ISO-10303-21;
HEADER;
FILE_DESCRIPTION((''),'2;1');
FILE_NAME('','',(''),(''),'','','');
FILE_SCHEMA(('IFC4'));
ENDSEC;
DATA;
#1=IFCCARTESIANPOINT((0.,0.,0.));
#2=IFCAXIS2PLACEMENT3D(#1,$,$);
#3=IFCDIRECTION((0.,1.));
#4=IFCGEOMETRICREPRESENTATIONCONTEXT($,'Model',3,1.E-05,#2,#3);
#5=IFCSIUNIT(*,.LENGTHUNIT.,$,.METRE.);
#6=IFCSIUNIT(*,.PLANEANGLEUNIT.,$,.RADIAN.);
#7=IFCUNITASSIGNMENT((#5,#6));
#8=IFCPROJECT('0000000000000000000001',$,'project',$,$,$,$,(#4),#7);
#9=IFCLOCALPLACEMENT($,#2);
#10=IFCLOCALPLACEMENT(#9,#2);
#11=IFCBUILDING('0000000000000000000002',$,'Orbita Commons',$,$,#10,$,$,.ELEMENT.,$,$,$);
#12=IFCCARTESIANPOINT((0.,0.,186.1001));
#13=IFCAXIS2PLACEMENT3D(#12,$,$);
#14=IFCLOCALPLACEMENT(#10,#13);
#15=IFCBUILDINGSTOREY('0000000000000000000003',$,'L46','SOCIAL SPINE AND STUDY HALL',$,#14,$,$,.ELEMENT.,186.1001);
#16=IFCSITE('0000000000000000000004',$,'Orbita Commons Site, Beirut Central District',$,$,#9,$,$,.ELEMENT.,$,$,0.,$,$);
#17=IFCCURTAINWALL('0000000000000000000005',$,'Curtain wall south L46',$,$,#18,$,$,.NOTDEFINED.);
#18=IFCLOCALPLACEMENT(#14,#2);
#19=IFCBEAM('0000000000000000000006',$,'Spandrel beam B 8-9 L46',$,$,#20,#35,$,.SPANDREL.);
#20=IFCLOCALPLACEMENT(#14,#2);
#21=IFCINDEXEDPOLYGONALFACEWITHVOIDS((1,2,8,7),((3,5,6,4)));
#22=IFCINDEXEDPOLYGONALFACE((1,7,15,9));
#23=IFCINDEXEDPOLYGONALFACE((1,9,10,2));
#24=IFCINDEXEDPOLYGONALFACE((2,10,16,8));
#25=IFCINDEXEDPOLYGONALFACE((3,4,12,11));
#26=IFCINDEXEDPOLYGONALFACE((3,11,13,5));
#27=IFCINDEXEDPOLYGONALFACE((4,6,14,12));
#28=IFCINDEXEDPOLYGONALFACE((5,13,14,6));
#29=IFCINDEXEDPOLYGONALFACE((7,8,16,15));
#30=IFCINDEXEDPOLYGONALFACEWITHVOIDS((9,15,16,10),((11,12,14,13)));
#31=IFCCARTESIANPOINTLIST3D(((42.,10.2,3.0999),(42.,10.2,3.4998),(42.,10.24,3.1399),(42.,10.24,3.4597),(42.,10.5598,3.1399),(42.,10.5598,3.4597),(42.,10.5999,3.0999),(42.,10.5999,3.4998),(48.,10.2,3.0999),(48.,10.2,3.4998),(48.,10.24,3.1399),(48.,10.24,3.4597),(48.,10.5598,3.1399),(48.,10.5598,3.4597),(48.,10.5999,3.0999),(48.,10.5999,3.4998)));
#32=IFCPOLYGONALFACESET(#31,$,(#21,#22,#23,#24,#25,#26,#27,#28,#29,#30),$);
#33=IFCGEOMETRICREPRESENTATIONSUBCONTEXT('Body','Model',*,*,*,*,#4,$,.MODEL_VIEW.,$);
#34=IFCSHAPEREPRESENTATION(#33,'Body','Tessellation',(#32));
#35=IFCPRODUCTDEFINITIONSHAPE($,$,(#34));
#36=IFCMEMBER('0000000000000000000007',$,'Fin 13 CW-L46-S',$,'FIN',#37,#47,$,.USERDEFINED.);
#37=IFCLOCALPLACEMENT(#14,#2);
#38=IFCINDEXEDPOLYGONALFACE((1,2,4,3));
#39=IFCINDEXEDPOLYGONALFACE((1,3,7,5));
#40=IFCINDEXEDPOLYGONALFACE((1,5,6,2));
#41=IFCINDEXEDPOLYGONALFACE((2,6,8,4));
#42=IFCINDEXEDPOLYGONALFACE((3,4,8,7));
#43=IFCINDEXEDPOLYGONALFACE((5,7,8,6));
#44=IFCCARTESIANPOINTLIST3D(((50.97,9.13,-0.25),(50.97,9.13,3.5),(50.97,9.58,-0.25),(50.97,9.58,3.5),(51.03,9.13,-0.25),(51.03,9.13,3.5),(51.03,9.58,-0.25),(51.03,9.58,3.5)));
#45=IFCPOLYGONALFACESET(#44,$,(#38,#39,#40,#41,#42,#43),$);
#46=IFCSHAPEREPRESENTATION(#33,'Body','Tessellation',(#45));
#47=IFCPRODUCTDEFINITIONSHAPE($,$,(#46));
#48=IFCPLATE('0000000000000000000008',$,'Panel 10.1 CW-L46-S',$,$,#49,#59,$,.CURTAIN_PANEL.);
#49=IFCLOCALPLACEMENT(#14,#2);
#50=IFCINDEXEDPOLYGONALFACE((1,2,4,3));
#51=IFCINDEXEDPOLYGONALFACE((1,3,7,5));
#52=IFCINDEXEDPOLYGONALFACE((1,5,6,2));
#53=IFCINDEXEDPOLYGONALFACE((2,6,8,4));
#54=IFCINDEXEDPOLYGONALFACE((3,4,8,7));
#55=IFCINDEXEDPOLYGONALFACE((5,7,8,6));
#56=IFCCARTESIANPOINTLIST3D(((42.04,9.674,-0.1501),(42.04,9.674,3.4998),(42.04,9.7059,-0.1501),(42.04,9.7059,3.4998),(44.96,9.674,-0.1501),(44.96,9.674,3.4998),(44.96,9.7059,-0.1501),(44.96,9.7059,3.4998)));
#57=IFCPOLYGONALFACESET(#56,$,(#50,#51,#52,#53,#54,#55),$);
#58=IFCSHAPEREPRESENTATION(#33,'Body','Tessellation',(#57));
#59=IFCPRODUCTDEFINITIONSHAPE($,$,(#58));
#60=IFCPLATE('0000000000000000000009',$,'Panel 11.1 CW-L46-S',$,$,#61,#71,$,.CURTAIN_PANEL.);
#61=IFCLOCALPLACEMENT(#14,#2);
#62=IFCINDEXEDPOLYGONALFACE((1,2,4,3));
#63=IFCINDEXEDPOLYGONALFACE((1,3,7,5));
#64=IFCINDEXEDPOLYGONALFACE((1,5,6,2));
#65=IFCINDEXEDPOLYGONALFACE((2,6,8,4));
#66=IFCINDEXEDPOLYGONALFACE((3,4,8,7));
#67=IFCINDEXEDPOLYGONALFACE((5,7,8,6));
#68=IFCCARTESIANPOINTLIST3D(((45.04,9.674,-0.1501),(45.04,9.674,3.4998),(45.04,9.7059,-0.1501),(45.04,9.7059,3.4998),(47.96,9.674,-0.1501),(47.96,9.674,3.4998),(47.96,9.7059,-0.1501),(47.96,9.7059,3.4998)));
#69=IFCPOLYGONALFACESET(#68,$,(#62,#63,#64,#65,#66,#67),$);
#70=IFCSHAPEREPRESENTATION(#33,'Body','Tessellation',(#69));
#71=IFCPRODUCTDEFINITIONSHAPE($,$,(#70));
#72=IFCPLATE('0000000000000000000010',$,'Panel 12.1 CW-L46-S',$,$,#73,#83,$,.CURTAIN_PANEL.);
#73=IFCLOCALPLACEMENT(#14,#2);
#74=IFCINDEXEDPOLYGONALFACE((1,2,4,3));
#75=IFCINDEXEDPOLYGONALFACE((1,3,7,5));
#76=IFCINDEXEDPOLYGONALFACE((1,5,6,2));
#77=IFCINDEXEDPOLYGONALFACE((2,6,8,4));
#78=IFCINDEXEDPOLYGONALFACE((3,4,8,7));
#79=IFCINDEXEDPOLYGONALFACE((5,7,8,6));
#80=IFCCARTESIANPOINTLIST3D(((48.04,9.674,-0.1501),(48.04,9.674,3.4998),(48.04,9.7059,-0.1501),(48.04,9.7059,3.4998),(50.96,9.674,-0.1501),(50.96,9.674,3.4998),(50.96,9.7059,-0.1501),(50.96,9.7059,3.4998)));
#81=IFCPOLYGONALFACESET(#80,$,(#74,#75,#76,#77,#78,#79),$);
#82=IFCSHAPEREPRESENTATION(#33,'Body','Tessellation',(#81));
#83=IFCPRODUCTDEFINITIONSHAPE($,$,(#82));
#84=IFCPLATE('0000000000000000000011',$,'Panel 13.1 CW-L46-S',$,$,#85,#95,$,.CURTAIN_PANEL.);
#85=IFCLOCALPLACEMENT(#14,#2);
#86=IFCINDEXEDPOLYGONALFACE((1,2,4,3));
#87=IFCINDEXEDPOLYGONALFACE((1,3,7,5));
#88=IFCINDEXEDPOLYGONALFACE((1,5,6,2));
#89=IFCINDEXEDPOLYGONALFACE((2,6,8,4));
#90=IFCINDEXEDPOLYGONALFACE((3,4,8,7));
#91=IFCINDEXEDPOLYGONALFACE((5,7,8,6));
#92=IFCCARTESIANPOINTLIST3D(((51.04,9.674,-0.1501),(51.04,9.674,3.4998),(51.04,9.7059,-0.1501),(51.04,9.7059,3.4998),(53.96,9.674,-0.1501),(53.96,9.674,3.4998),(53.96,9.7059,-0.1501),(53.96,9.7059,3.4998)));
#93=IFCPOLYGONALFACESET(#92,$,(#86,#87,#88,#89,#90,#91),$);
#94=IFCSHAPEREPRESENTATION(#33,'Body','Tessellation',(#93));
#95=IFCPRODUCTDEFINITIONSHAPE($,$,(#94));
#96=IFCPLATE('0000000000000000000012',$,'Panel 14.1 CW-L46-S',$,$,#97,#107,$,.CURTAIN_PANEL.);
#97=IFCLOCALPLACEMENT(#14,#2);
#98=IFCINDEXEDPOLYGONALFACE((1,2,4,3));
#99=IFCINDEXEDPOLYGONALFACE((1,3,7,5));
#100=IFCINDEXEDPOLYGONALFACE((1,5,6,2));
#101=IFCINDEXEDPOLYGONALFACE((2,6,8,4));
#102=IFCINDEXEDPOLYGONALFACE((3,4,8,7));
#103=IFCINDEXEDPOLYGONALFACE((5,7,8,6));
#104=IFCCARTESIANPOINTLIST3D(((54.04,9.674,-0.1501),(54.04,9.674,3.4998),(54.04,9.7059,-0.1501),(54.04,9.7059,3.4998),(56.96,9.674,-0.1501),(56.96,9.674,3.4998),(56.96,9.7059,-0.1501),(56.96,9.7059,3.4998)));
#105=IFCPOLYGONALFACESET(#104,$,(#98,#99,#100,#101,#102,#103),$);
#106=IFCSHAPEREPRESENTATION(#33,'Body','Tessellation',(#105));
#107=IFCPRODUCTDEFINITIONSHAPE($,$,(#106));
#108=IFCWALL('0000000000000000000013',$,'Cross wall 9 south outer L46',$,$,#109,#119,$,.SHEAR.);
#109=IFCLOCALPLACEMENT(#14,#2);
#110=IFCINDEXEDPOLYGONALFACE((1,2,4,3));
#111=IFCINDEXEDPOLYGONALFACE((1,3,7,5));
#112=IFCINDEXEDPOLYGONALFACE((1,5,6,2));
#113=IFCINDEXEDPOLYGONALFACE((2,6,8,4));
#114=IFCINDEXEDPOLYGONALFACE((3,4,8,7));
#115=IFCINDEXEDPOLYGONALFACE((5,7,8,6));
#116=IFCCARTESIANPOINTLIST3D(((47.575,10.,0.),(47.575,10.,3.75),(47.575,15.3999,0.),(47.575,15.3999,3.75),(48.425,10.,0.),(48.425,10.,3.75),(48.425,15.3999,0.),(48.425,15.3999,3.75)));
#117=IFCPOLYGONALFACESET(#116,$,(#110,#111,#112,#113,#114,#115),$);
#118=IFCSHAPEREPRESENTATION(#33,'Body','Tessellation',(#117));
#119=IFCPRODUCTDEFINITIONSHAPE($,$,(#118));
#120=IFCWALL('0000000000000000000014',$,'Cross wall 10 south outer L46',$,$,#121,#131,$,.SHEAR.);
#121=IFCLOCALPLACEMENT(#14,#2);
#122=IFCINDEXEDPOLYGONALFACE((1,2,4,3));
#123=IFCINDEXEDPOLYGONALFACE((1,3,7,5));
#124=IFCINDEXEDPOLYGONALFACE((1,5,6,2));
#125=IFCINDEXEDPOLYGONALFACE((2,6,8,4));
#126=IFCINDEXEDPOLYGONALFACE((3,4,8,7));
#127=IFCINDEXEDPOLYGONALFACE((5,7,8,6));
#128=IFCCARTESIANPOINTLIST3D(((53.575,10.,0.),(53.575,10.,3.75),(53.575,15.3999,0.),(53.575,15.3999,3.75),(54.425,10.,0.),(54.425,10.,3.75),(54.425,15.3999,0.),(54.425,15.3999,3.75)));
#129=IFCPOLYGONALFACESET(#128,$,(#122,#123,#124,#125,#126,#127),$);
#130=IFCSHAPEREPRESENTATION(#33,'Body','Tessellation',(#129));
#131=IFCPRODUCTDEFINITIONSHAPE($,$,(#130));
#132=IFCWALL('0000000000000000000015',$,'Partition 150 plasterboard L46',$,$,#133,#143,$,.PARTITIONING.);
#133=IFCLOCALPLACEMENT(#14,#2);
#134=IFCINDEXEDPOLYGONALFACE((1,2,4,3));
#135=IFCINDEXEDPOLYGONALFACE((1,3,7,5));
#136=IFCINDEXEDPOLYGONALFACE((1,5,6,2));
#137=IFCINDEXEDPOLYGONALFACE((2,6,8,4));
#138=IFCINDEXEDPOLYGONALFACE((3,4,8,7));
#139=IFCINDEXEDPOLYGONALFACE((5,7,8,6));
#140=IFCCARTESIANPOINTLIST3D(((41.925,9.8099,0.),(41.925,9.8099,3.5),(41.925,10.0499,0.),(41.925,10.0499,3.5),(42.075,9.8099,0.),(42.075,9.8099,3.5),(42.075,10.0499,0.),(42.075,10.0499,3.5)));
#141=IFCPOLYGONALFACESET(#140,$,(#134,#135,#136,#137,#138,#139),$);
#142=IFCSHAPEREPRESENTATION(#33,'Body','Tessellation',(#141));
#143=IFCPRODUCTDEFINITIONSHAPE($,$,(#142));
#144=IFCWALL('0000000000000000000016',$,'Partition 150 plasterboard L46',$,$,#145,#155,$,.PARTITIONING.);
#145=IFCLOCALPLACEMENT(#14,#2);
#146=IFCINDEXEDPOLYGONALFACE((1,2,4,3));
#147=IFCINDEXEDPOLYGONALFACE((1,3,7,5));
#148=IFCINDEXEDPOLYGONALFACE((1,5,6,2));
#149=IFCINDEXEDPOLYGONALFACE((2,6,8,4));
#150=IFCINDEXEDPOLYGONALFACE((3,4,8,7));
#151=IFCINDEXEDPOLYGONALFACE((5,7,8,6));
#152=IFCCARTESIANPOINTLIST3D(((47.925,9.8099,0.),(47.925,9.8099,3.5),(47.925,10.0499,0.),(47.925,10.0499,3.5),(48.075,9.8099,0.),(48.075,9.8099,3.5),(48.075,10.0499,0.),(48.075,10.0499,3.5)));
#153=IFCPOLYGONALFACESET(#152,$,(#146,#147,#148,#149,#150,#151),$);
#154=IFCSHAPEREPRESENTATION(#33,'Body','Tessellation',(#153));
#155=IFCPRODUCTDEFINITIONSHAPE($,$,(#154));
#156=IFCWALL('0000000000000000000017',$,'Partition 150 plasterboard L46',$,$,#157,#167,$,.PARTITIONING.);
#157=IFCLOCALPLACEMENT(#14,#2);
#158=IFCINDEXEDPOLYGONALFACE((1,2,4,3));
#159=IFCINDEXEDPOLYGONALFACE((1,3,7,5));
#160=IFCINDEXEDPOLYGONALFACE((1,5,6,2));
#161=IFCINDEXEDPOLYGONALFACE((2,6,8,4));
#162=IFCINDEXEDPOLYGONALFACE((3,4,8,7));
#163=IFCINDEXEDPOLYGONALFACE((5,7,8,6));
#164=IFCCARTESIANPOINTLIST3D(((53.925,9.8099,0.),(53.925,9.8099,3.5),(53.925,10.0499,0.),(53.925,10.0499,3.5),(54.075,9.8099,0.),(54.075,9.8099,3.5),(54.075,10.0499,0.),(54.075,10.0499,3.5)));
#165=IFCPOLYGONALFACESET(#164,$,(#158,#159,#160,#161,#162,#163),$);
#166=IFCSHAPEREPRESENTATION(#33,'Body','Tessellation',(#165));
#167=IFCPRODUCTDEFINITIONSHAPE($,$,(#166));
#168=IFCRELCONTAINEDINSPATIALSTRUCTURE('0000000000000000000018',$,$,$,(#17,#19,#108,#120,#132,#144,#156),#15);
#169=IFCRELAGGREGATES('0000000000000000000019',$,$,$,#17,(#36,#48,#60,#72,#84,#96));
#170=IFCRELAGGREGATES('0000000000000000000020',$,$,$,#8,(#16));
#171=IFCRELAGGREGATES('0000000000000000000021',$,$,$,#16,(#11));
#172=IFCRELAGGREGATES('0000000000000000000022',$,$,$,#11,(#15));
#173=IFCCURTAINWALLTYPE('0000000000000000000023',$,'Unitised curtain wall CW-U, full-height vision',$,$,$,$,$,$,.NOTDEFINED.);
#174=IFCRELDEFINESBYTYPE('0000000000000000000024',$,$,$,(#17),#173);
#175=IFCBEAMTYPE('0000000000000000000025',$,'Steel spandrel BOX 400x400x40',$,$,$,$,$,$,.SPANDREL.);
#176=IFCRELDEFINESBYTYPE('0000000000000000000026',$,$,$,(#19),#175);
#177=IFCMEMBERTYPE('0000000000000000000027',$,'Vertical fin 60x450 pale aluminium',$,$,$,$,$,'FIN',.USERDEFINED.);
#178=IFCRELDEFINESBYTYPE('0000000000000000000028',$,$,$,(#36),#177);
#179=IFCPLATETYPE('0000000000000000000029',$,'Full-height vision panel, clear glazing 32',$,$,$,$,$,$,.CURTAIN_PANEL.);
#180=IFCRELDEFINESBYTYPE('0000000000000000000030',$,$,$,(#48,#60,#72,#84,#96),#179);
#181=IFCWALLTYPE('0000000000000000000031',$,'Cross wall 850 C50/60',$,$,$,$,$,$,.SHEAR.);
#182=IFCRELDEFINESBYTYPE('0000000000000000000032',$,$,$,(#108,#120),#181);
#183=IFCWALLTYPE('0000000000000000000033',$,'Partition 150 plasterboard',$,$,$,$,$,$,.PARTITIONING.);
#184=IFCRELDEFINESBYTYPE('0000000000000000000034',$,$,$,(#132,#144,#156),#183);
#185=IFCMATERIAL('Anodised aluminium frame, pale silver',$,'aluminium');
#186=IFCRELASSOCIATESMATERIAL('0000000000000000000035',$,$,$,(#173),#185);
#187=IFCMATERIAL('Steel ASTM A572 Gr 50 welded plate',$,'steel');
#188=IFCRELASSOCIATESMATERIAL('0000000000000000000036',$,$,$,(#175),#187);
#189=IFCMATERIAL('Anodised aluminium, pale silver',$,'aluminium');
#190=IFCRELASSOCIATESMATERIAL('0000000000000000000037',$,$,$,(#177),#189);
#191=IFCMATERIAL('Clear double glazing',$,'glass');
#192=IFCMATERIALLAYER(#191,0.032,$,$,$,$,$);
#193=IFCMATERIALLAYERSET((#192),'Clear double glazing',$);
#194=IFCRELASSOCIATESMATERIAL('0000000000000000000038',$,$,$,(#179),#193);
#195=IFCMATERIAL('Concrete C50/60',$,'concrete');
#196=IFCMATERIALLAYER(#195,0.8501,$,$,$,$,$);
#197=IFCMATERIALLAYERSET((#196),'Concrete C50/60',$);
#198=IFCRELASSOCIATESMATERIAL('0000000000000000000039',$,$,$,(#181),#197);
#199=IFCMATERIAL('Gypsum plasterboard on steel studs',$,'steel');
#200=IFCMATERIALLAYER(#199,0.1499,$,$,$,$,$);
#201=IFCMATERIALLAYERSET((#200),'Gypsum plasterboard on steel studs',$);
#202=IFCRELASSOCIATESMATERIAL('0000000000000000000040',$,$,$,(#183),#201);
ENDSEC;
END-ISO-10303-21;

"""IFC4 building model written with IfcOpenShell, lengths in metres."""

from ifc_helpers import new_model, si_unit, direction, frame, frame_2d, origin, origin_2d, place, context, subcontext, project, spatial, rectangle, hollow_rectangle, extrude, material, layer, layer_set, material_profile, profile_set, type_object, element, aggregate, save


model = new_model("IFC4")

# Units and contexts
model_context = context("Model", 3, precision=1e-05, world=origin(), true_north=direction((0.0, 1.0)))
body_context = subcontext(model_context, "Body", "Model", "MODEL_VIEW")
ifc_project = project(units=[si_unit("LENGTHUNIT", "METRE"), si_unit("PLANEANGLEUNIT", "RADIAN")], contexts=[model_context])

# Site, building, storey
site_placement = place(None, origin())
site = spatial("IfcSite", under=ifc_project, at=site_placement, Name="Orbita Commons Site, Beirut Central District", CompositionType="ELEMENT", RefElevation=0.0)
building_placement = place(site_placement, origin())
building = spatial("IfcBuilding", under=site, at=building_placement, Name="Orbita Commons", CompositionType="ELEMENT")
storey_placement = place(building_placement, frame((0.0, 0.0, 186.1001)))
storey = spatial("IfcBuildingStorey", under=building, at=storey_placement, Name="L46", Description="SOCIAL SPINE AND STUDY HALL", CompositionType="ELEMENT", Elevation=186.1001)

# Curtain wall
ifc_material_1 = material(Name="Anodised aluminium frame, pale silver", Category="aluminium")
curtain_wall_type = type_object("IfcCurtainWallType", Name="Unitised curtain wall CW-U, full-height vision", PredefinedType="NOTDEFINED", material=ifc_material_1)
curtain_wall_placement = place(storey_placement, origin())
curtain_wall = element("IfcCurtainWall", 1, at=curtain_wall_placement, inside=storey, type_object=curtain_wall_type, Name="Curtain wall south L46", PredefinedType="NOTDEFINED")

# Beam
ifc_material_2 = material(Name="Steel ASTM A572 Gr 50 welded plate", Category="steel")
ifc_material_profile_1 = material_profile(ifc_material_2, hollow_rectangle(XDim=0.3999, YDim=0.3999, WallThickness=0.04, at=origin_2d()), Name="BOX 400x400x40")
ifc_profile_set_1 = profile_set([ifc_material_profile_1], Name="Steel ASTM A572 Gr 50 welded plate")
beam_type = type_object("IfcBeamType", Name="Steel spandrel BOX 400x400x40", PredefinedType="SPANDREL", material=ifc_profile_set_1)
beam_placement = place(storey_placement, frame((42.0, 10.3999, 3.2998), z_axis=(1.0, 0.0, 0.0), x_axis=(0.0, 1.0, 0.0)))
element("IfcBeam", 2, at=beam_placement, inside=storey, type_object=beam_type, Name="Spandrel beam B 8-9 L46", PredefinedType="SPANDREL", context=body_context, shape_type="SweptSolid", body=[
    extrude(hollow_rectangle(XDim=0.3999, YDim=0.3999, WallThickness=0.04, at=origin_2d()), origin(), (0.0, 0.0, 1.0), 6.0),
])

# Member
ifc_material_3 = material(Name="Anodised aluminium, pale silver", Category="aluminium")
ifc_material_profile_2 = material_profile(ifc_material_3, rectangle(XDim=0.0601, YDim=0.45, at=origin_2d()), Name="FIN 60x450")
ifc_profile_set_2 = profile_set([ifc_material_profile_2], Name="Anodised aluminium, pale silver")
member_type_1 = type_object("IfcMemberType", Name="Vertical fin 60x450 pale aluminium", ElementType="FIN", PredefinedType="USERDEFINED", material=ifc_profile_set_2)
member_1_placement = place(storey_placement, frame((51.0, 9.355, -0.25), z_axis=(0.0, 0.0, 1.0), x_axis=(1.0, 0.0, 0.0)))
member_1 = element("IfcMember", 3, at=member_1_placement, type_object=member_type_1, Name="Fin 13 CW-L46-S", ObjectType="FIN", PredefinedType="USERDEFINED", context=body_context, shape_type="SweptSolid", body=[
    extrude(rectangle(XDim=0.0601, YDim=0.45, at=origin_2d()), origin(), (0.0, 0.0, 1.0), 3.75),
])

# Plates
ifc_material_4 = material(Name="Clear double glazing", Category="glass")
ifc_layer_1 = layer(ifc_material_4, 0.032)
ifc_layer_set_1 = layer_set([ifc_layer_1], Name="Clear double glazing")
plate_type = type_object("IfcPlateType", Name="Full-height vision panel, clear glazing 32", PredefinedType="CURTAIN_PANEL", material=ifc_layer_set_1)
plate_1_placement = place(storey_placement, frame((43.5, 9.6899, -0.1501), z_axis=(0.0, 0.0, 1.0), x_axis=(1.0, 0.0, 0.0)))
plate_1 = element("IfcPlate", 4, at=plate_1_placement, type_object=plate_type, Name="Panel 10.1 CW-L46-S", PredefinedType="CURTAIN_PANEL", context=body_context, shape_type="SweptSolid", body=[
    extrude(rectangle(XDim=2.9199, YDim=0.032, at=origin_2d()), origin(), (0.0, 0.0, 1.0), 3.6499),
])
plate_2_placement = place(storey_placement, frame((46.5, 9.6899, -0.1501), z_axis=(0.0, 0.0, 1.0), x_axis=(1.0, 0.0, 0.0)))
plate_2 = element("IfcPlate", 5, at=plate_2_placement, type_object=plate_type, Name="Panel 11.1 CW-L46-S", PredefinedType="CURTAIN_PANEL", context=body_context, shape_type="SweptSolid", body=[
    extrude(rectangle(XDim=2.9199, YDim=0.032, at=origin_2d()), origin(), (0.0, 0.0, 1.0), 3.6499),
])
plate_3_placement = place(storey_placement, frame((49.5, 9.6899, -0.1501), z_axis=(0.0, 0.0, 1.0), x_axis=(1.0, 0.0, 0.0)))
plate_3 = element("IfcPlate", 6, at=plate_3_placement, type_object=plate_type, Name="Panel 12.1 CW-L46-S", PredefinedType="CURTAIN_PANEL", context=body_context, shape_type="SweptSolid", body=[
    extrude(rectangle(XDim=2.9199, YDim=0.032, at=origin_2d()), origin(), (0.0, 0.0, 1.0), 3.6499),
])
plate_4_placement = place(storey_placement, frame((52.5, 9.6899, -0.1501), z_axis=(0.0, 0.0, 1.0), x_axis=(1.0, 0.0, 0.0)))
plate_4 = element("IfcPlate", 7, at=plate_4_placement, type_object=plate_type, Name="Panel 13.1 CW-L46-S", PredefinedType="CURTAIN_PANEL", context=body_context, shape_type="SweptSolid", body=[
    extrude(rectangle(XDim=2.9199, YDim=0.032, at=origin_2d()), origin(), (0.0, 0.0, 1.0), 3.6499),
])
plate_5_placement = place(storey_placement, frame((55.5, 9.6899, -0.1501), z_axis=(0.0, 0.0, 1.0), x_axis=(1.0, 0.0, 0.0)))
plate_5 = element("IfcPlate", 8, at=plate_5_placement, type_object=plate_type, Name="Panel 14.1 CW-L46-S", PredefinedType="CURTAIN_PANEL", context=body_context, shape_type="SweptSolid", body=[
    extrude(rectangle(XDim=2.9199, YDim=0.032, at=origin_2d()), origin(), (0.0, 0.0, 1.0), 3.6499),
])
aggregate(curtain_wall, [member_1, plate_1, plate_2, plate_3, plate_4, plate_5])

# Walls
ifc_material_5 = material(Name="Concrete C50/60", Category="concrete")
ifc_layer_2 = layer(ifc_material_5, 0.8501)
ifc_layer_set_2 = layer_set([ifc_layer_2], Name="Concrete C50/60")
wall_type_1 = type_object("IfcWallType", Name="Cross wall 850 C50/60", PredefinedType="SHEAR", material=ifc_layer_set_2)
for number, where, z_axis, x_axis, name in (
    (9, (48.0, 10.0, 0.0), (0.0, 0.0, 1.0), (0.0, 1.0, 0.0), "Cross wall 9 south outer L46"),
    (10, (54.0, 10.0, 0.0), (0.0, 0.0, 1.0), (0.0, 1.0, 0.0), "Cross wall 10 south outer L46"),
):
    element("IfcWall", number, at=place(storey_placement, frame(where, z_axis=z_axis, x_axis=x_axis)), inside=storey, type_object=wall_type_1, Name=name, PredefinedType="SHEAR", context=body_context, shape_type="SweptSolid", body=[
        extrude(rectangle(XDim=5.3999, YDim=0.8501, at=frame_2d((2.7, 0.0))), origin(), (0.0, 0.0, 1.0), 3.75),
    ])
ifc_material_6 = material(Name="Gypsum plasterboard on steel studs", Category="steel")
ifc_layer_3 = layer(ifc_material_6, 0.1499)
ifc_layer_set_3 = layer_set([ifc_layer_3], Name="Gypsum plasterboard on steel studs")
wall_type_2 = type_object("IfcWallType", Name="Partition 150 plasterboard", PredefinedType="PARTITIONING", material=ifc_layer_set_3)
for number, where, z_axis, x_axis, name in (
    (11, (42.0, 10.05, 0.0), (0.0, 0.0, 1.0), (0.0, -1.0, 0.0), "Partition 150 plasterboard L46"),
    (12, (48.0, 10.05, 0.0), (0.0, 0.0, 1.0), (0.0, -1.0, 0.0), "Partition 150 plasterboard L46"),
    (13, (54.0, 10.05, 0.0), (0.0, 0.0, 1.0), (0.0, -1.0, 0.0), "Partition 150 plasterboard L46"),
):
    element("IfcWall", number, at=place(storey_placement, frame(where, z_axis=z_axis, x_axis=x_axis)), inside=storey, type_object=wall_type_2, Name=name, PredefinedType="PARTITIONING", context=body_context, shape_type="SweptSolid", body=[
        extrude(rectangle(XDim=0.24, YDim=0.1499, at=frame_2d((0.1201, 0.0))), origin(), (0.0, 0.0, 1.0), 3.5),
    ])

save(model, "model.ifc")
